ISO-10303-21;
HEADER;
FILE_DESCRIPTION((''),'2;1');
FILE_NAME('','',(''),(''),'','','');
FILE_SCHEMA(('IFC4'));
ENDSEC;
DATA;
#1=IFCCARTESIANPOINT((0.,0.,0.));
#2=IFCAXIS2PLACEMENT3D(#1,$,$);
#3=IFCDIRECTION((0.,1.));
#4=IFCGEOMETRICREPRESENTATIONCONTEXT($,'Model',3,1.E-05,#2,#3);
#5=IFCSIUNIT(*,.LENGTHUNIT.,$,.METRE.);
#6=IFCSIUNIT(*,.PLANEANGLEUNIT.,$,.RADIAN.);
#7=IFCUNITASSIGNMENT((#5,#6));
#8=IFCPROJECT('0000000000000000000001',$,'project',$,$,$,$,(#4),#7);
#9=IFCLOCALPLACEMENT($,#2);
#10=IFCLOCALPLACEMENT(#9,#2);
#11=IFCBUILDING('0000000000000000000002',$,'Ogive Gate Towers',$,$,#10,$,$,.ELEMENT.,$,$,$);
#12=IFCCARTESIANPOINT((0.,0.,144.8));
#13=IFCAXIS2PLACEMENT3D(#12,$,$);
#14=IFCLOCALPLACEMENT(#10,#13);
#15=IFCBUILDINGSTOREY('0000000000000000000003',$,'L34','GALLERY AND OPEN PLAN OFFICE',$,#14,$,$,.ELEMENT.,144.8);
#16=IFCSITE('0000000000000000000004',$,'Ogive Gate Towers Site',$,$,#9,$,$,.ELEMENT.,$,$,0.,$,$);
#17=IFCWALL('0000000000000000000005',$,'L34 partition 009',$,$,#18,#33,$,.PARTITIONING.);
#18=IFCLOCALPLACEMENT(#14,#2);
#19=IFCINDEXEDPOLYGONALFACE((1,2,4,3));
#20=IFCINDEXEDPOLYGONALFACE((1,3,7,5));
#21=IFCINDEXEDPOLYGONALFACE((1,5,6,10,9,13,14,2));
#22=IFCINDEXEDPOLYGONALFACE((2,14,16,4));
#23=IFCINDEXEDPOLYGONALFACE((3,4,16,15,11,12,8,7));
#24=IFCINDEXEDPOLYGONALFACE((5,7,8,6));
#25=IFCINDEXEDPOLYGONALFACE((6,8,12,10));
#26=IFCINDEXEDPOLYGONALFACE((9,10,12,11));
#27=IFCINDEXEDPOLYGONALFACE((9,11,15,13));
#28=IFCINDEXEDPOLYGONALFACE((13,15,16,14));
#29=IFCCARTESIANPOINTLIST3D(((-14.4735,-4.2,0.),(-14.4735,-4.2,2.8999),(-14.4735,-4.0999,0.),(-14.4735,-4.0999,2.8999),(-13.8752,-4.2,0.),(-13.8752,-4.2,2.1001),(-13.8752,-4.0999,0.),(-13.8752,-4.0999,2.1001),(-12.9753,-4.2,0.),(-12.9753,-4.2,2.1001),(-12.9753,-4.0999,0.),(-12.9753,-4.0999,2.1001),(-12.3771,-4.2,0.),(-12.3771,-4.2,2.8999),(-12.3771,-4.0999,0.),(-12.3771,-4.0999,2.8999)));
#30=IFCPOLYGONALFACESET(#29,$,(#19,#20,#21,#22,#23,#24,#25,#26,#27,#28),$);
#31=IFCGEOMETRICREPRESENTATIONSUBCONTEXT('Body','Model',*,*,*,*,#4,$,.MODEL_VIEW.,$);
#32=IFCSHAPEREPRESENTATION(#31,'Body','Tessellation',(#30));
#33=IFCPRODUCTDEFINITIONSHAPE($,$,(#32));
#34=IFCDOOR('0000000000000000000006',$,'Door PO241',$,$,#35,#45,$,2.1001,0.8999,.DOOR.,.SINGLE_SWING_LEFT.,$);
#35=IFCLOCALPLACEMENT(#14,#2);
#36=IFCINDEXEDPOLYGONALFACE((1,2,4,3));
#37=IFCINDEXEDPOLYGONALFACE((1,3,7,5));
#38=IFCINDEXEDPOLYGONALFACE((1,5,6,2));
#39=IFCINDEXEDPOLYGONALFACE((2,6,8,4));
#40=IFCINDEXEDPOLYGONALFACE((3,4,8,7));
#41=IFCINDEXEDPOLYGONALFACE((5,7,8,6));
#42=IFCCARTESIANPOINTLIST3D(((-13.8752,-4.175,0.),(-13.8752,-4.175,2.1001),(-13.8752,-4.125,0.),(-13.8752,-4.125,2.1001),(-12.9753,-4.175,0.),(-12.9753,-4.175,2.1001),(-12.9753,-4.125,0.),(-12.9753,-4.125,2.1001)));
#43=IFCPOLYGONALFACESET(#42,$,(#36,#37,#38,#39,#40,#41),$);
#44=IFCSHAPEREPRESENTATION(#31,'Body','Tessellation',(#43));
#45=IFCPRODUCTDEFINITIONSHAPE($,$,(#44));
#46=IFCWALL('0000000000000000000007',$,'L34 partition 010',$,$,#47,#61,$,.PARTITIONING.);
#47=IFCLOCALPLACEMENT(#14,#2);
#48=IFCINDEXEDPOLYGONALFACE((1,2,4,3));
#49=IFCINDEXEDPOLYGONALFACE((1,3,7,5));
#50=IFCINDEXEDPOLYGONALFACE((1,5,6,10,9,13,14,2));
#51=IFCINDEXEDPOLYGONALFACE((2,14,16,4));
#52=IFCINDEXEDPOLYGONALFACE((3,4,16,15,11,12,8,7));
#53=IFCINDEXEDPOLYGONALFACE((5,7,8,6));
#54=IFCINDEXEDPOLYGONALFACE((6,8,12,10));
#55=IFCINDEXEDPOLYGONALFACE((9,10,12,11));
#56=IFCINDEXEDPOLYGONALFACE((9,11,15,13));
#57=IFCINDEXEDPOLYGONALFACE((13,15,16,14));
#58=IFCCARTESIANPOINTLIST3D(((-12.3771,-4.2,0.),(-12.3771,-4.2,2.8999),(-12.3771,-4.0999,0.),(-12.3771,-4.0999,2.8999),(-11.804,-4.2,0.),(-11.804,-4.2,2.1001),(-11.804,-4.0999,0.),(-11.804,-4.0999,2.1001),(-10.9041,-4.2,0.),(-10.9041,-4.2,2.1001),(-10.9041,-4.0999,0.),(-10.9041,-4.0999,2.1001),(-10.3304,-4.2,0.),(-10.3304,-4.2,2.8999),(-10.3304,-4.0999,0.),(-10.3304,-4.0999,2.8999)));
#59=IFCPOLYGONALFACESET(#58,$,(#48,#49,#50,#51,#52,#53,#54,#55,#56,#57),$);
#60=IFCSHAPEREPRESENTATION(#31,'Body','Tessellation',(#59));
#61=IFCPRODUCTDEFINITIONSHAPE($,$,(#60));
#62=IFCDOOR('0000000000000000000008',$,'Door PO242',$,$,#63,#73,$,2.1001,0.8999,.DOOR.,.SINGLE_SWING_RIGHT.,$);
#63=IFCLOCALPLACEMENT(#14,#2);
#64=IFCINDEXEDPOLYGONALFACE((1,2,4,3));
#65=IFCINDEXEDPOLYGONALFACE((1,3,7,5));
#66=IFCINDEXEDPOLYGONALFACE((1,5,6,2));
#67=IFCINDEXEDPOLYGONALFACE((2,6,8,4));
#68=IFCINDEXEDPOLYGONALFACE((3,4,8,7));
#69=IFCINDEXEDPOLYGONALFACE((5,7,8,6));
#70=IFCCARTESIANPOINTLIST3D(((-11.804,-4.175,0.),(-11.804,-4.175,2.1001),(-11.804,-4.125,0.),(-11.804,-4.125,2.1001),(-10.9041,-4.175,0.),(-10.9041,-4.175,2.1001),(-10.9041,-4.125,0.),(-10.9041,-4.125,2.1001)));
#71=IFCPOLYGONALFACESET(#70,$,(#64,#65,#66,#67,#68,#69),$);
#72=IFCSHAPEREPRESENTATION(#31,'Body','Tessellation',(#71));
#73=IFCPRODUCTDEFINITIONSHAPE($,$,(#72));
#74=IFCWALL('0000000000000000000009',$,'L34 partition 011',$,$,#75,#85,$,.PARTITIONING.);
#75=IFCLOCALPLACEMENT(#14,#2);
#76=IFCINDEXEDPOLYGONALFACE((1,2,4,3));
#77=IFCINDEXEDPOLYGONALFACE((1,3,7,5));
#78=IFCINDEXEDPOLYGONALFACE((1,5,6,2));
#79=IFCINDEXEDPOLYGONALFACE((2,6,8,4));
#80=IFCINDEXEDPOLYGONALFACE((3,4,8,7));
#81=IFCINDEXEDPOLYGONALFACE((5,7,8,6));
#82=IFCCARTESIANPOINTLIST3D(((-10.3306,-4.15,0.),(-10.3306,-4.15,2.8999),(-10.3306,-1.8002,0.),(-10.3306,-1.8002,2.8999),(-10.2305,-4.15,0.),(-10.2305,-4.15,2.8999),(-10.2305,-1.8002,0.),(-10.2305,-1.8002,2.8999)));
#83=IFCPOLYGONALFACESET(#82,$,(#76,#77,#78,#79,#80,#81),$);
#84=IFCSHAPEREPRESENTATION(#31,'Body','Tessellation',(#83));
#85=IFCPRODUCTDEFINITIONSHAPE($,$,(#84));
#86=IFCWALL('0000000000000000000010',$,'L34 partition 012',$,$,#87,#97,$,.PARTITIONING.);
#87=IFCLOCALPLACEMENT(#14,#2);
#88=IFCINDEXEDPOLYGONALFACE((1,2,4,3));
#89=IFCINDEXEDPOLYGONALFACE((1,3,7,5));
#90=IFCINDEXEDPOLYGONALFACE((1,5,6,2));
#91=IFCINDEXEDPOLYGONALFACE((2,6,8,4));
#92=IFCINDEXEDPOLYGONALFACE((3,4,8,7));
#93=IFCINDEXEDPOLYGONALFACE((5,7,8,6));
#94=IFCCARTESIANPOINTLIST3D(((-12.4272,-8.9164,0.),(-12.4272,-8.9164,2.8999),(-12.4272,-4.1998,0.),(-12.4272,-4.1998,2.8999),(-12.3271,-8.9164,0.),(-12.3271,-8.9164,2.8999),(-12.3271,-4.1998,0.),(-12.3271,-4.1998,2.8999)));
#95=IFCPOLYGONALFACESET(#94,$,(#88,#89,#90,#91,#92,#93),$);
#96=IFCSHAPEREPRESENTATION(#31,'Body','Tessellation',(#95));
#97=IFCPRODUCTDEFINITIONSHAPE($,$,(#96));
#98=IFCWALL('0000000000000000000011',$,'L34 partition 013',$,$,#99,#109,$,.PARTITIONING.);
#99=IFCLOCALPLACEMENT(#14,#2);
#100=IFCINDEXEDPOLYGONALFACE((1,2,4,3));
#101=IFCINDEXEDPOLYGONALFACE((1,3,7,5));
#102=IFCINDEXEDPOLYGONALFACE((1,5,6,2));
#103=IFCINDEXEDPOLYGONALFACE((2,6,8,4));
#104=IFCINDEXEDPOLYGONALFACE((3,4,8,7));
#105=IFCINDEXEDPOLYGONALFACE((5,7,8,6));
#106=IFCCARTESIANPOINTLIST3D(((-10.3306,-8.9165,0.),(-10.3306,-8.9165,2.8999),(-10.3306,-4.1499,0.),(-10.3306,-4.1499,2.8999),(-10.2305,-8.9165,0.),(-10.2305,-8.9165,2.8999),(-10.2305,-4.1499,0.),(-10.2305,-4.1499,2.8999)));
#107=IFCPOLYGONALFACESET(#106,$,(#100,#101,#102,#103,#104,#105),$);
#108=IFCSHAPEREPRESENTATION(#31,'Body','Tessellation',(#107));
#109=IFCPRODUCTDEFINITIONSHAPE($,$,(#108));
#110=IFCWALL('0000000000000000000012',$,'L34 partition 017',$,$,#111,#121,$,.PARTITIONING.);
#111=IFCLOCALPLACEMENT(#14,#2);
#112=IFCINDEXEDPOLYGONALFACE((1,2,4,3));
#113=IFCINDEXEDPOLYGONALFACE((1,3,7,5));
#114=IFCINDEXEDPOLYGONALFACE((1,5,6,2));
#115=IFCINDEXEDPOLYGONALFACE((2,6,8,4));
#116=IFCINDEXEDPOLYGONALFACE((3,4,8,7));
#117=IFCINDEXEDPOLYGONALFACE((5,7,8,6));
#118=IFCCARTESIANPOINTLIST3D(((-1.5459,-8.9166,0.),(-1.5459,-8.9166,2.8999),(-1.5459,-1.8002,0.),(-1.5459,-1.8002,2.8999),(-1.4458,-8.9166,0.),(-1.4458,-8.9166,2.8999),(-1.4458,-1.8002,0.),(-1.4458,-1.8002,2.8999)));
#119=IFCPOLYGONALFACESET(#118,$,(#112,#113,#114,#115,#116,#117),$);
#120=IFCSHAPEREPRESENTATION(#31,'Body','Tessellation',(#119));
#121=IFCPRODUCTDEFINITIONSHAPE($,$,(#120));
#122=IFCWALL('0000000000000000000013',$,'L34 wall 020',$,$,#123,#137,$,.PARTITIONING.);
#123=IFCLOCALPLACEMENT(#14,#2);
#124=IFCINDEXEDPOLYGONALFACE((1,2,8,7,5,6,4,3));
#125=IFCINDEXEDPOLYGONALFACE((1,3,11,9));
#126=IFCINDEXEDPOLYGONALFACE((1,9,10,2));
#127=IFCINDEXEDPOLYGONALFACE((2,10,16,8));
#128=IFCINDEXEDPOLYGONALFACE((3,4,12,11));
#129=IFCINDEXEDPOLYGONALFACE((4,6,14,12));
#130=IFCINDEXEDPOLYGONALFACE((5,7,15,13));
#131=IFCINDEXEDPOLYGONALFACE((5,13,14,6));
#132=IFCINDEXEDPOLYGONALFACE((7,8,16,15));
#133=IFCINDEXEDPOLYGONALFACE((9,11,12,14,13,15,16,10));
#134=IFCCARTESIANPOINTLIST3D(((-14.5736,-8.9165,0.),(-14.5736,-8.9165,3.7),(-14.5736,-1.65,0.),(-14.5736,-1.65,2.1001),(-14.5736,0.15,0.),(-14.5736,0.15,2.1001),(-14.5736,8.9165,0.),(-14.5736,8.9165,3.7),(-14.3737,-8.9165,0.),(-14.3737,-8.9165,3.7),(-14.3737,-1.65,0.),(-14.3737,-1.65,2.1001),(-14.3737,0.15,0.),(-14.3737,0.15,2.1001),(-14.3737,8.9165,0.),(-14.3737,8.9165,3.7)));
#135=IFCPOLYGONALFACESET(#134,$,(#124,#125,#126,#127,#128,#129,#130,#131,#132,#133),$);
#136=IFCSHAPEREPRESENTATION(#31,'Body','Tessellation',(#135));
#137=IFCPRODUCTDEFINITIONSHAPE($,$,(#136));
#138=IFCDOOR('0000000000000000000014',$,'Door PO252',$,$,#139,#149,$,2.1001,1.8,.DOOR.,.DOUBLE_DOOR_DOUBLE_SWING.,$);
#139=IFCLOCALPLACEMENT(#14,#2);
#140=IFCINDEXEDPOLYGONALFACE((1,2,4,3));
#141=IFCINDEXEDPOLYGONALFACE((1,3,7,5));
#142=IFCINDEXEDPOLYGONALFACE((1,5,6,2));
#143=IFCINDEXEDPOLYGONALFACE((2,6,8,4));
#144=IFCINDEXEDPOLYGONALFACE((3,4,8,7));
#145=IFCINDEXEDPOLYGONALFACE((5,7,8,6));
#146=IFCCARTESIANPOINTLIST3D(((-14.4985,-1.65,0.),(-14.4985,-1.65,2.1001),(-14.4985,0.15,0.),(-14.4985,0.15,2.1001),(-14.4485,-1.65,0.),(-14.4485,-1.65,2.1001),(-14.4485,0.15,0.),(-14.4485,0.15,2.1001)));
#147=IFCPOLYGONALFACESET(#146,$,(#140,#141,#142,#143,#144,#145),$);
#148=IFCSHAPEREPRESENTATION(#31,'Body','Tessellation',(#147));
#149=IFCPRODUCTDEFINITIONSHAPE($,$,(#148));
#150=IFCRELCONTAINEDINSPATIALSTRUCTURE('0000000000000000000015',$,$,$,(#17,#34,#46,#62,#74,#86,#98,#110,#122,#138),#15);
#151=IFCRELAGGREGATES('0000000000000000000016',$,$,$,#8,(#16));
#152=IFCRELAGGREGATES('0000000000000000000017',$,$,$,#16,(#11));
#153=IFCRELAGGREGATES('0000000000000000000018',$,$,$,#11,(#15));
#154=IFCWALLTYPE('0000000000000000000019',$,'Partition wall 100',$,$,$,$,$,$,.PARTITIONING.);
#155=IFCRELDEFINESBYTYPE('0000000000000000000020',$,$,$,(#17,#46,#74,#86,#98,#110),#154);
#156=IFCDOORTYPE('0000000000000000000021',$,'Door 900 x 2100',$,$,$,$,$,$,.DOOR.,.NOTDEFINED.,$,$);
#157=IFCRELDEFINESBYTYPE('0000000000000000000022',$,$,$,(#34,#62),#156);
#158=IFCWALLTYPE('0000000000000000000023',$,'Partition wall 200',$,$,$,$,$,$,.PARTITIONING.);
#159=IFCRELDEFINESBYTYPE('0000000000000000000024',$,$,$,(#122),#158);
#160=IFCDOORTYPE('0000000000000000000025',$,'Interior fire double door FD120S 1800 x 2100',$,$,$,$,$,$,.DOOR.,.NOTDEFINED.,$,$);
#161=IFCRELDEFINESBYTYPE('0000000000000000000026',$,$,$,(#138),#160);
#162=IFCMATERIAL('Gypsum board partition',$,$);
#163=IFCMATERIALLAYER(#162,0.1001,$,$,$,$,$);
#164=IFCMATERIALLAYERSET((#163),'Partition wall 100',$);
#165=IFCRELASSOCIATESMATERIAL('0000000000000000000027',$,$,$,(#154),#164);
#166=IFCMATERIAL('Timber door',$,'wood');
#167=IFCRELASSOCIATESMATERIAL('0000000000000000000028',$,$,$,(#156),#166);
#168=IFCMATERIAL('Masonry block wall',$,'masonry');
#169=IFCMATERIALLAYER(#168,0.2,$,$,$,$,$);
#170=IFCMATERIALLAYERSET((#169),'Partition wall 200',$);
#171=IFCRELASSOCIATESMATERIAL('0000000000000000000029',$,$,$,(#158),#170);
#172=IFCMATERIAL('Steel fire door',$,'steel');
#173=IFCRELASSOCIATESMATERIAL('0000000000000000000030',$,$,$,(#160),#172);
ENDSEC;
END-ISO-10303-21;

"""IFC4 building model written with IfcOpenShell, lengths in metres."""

from ifc_helpers import new_model, si_unit, direction, frame, frame_2d, origin, place, context, subcontext, project, spatial, rectangle, extrude, material, layer, layer_set, type_object, element, fill, save


model = new_model("IFC4")

# Units and contexts
model_context = context("Model", 3, precision=1e-05, world=origin(), true_north=direction((0.0, 1.0)))
body_context = subcontext(model_context, "Body", "Model", "MODEL_VIEW")
ifc_project = project(units=[si_unit("LENGTHUNIT", "METRE"), si_unit("PLANEANGLEUNIT", "RADIAN")], contexts=[model_context])

# Site, building, storey
site_placement = place(None, origin())
site = spatial("IfcSite", under=ifc_project, at=site_placement, Name="Ogive Gate Towers Site", CompositionType="ELEMENT", RefElevation=0.0)
building_placement = place(site_placement, origin())
building = spatial("IfcBuilding", under=site, at=building_placement, Name="Ogive Gate Towers", CompositionType="ELEMENT")
storey_placement = place(building_placement, frame((0.0, 0.0, 144.8)))
storey = spatial("IfcBuildingStorey", under=building, at=storey_placement, Name="L34", Description="GALLERY AND OPEN PLAN OFFICE", CompositionType="ELEMENT", Elevation=144.8)

# Shared definitions
ifc_material_1 = material(Name="Gypsum board partition")

# Walls, openings, doors
ifc_layer_1 = layer(ifc_material_1, 0.1001)
ifc_layer_set_1 = layer_set([ifc_layer_1], Name="Partition wall 100")
wall_type_1 = type_object("IfcWallType", Name="Partition wall 100", PredefinedType="PARTITIONING", material=ifc_layer_set_1)
wall_1_placement = place(storey_placement, frame((-14.4736, -4.1499, 0.0), z_axis=(0.0, 0.0, 1.0), x_axis=(1.0, 0.0, 0.0)))
wall_1 = element("IfcWall", 1, at=wall_1_placement, inside=storey, type_object=wall_type_1, Name="L34 partition 009", PredefinedType="PARTITIONING", context=body_context, shape_type="SweptSolid", body=[
    extrude(rectangle(XDim=2.0964, YDim=0.1001, at=frame_2d((1.0483, 0.0))), origin(), (0.0, 0.0, 1.0), 2.8999),
])
opening_1_placement = place(wall_1_placement, frame((0.5984, 0.0, 0.0)))
opening_1 = element("IfcOpeningElement", 2, at=opening_1_placement, cuts=wall_1, PredefinedType="OPENING", context=body_context, shape_type="SweptSolid", body=[
    extrude(rectangle(XDim=0.8999, YDim=2.1001, at=frame_2d((0.45, 1.05))), frame((0.0, 0.0601, 0.0), z_axis=(0.0, -1.0, 0.0), x_axis=(1.0, 0.0, 0.0)), (0.0, 0.0, 1.0), 0.1201),
])
ifc_material_2 = material(Name="Timber door", Category="wood")
door_type_1 = type_object("IfcDoorType", Name="Door 900 x 2100", OperationType="NOTDEFINED", PredefinedType="DOOR", material=ifc_material_2)
door_1_placement = place(opening_1_placement, origin())
door_1 = element("IfcDoor", 3, at=door_1_placement, inside=storey, type_object=door_type_1, Name="Door PO241", OperationType="SINGLE_SWING_LEFT", OverallHeight=2.1001, OverallWidth=0.8999, PredefinedType="DOOR", context=body_context, shape_type="SweptSolid", body=[
    extrude(rectangle(XDim=0.8999, YDim=2.1001, at=frame_2d((0.45, 1.05))), frame((0.0, 0.0249, 0.0), z_axis=(0.0, -1.0, 0.0), x_axis=(1.0, 0.0, 0.0)), (0.0, 0.0, 1.0), 0.05),
])
fill(opening_1, door_1)
wall_2_placement = place(storey_placement, frame((-12.3772, -4.1499, 0.0), z_axis=(0.0, 0.0, 1.0), x_axis=(1.0, 0.0, 0.0)))
wall_2 = element("IfcWall", 4, at=wall_2_placement, inside=storey, type_object=wall_type_1, Name="L34 partition 010", PredefinedType="PARTITIONING", context=body_context, shape_type="SweptSolid", body=[
    extrude(rectangle(XDim=2.0466, YDim=0.1001, at=frame_2d((1.0234, 0.0))), origin(), (0.0, 0.0, 1.0), 2.8999),
])
opening_2_placement = place(wall_2_placement, frame((0.5732, 0.0, 0.0)))
opening_2 = element("IfcOpeningElement", 5, at=opening_2_placement, cuts=wall_2, PredefinedType="OPENING", context=body_context, shape_type="SweptSolid", body=[
    extrude(rectangle(XDim=0.8999, YDim=2.1001, at=frame_2d((0.45, 1.05))), frame((0.0, 0.0601, 0.0), z_axis=(0.0, -1.0, 0.0), x_axis=(1.0, 0.0, 0.0)), (0.0, 0.0, 1.0), 0.1201),
])
door_2_placement = place(opening_2_placement, origin())
door_2 = element("IfcDoor", 6, at=door_2_placement, inside=storey, type_object=door_type_1, Name="Door PO242", OperationType="SINGLE_SWING_RIGHT", OverallHeight=2.1001, OverallWidth=0.8999, PredefinedType="DOOR", context=body_context, shape_type="SweptSolid", body=[
    extrude(rectangle(XDim=0.8999, YDim=2.1001, at=frame_2d((0.45, 1.05))), frame((0.0, 0.0249, 0.0), z_axis=(0.0, -1.0, 0.0), x_axis=(1.0, 0.0, 0.0)), (0.0, 0.0, 1.0), 0.05),
])
fill(opening_2, door_2)

# Walls
wall_3_placement = place(storey_placement, frame((-10.2805, -4.1499, 0.0), z_axis=(0.0, 0.0, 1.0), x_axis=(0.0, 1.0, 0.0)))
element("IfcWall", 7, at=wall_3_placement, inside=storey, type_object=wall_type_1, Name="L34 partition 011", PredefinedType="PARTITIONING", context=body_context, shape_type="SweptSolid", body=[
    extrude(rectangle(XDim=2.3499, YDim=0.1001, at=frame_2d((1.1748, 0.0))), origin(), (0.0, 0.0, 1.0), 2.8999),
])
wall_4_placement = place(storey_placement, frame((-12.3772, -8.9165, 0.0), z_axis=(0.0, 0.0, 1.0), x_axis=(0.0, 1.0, 0.0)))
element("IfcWall", 8, at=wall_4_placement, inside=storey, type_object=wall_type_1, Name="L34 partition 012", PredefinedType="PARTITIONING", context=body_context, shape_type="SweptSolid", body=[
    extrude(rectangle(XDim=4.7166, YDim=0.1001, at=frame_2d((2.3584, 0.0))), origin(), (0.0, 0.0, 1.0), 2.8999),
])
wall_5_placement = place(storey_placement, frame((-10.2805, -8.9165, 0.0), z_axis=(0.0, 0.0, 1.0), x_axis=(0.0, 1.0, 0.0)))
element("IfcWall", 9, at=wall_5_placement, inside=storey, type_object=wall_type_1, Name="L34 partition 013", PredefinedType="PARTITIONING", context=body_context, shape_type="SweptSolid", body=[
    extrude(rectangle(XDim=4.7666, YDim=0.1001, at=frame_2d((2.3833, 0.0))), origin(), (0.0, 0.0, 1.0), 2.8999),
])
wall_6_placement = place(storey_placement, frame((-1.4958, -8.9165, 0.0), z_axis=(0.0, 0.0, 1.0), x_axis=(0.0, 1.0, 0.0)))
element("IfcWall", 10, at=wall_6_placement, inside=storey, type_object=wall_type_1, Name="L34 partition 017", PredefinedType="PARTITIONING", context=body_context, shape_type="SweptSolid", body=[
    extrude(rectangle(XDim=7.1165, YDim=0.1001, at=frame_2d((3.5581, 0.0))), origin(), (0.0, 0.0, 1.0), 2.8999),
])

# Wall, opening, door
ifc_material_3 = material(Name="Masonry block wall", Category="masonry")
ifc_layer_2 = layer(ifc_material_3, 0.2)
ifc_layer_set_2 = layer_set([ifc_layer_2], Name="Partition wall 200")
wall_type_2 = type_object("IfcWallType", Name="Partition wall 200", PredefinedType="PARTITIONING", material=ifc_layer_set_2)
wall_7_placement = place(storey_placement, frame((-14.4736, -8.9165, 0.0), z_axis=(0.0, 0.0, 1.0), x_axis=(0.0, 1.0, 0.0)))
wall_7 = element("IfcWall", 11, at=wall_7_placement, inside=storey, type_object=wall_type_2, Name="L34 wall 020", PredefinedType="PARTITIONING", context=body_context, shape_type="SweptSolid", body=[
    extrude(rectangle(XDim=17.833, YDim=0.2, at=frame_2d((8.9165, 0.0))), origin(), (0.0, 0.0, 1.0), 3.7),
])
opening_3_placement = place(wall_7_placement, frame((7.2666, 0.0, 0.0)))
opening_3 = element("IfcOpeningElement", 12, at=opening_3_placement, cuts=wall_7, PredefinedType="OPENING", context=body_context, shape_type="SweptSolid", body=[
    extrude(rectangle(XDim=1.8, YDim=2.1001, at=frame_2d((0.8999, 1.05))), frame((0.0, 0.1099, 0.0), z_axis=(0.0, -1.0, 0.0), x_axis=(1.0, 0.0, 0.0)), (0.0, 0.0, 1.0), 0.22),
])
ifc_material_4 = material(Name="Steel fire door", Category="steel")
door_type_2 = type_object("IfcDoorType", Name="Interior fire double door FD120S 1800 x 2100", OperationType="NOTDEFINED", PredefinedType="DOOR", material=ifc_material_4)
door_3_placement = place(opening_3_placement, origin())
door_3 = element("IfcDoor", 13, at=door_3_placement, inside=storey, type_object=door_type_2, Name="Door PO252", OperationType="DOUBLE_DOOR_DOUBLE_SWING", OverallHeight=2.1001, OverallWidth=1.8, PredefinedType="DOOR", context=body_context, shape_type="SweptSolid", body=[
    extrude(rectangle(XDim=1.8, YDim=2.1001, at=frame_2d((0.8999, 1.05))), frame((0.0, 0.0249, 0.0), z_axis=(0.0, -1.0, 0.0), x_axis=(1.0, 0.0, 0.0)), (0.0, 0.0, 1.0), 0.05),
])
fill(opening_3, door_3)

save(model, "model.ifc")
